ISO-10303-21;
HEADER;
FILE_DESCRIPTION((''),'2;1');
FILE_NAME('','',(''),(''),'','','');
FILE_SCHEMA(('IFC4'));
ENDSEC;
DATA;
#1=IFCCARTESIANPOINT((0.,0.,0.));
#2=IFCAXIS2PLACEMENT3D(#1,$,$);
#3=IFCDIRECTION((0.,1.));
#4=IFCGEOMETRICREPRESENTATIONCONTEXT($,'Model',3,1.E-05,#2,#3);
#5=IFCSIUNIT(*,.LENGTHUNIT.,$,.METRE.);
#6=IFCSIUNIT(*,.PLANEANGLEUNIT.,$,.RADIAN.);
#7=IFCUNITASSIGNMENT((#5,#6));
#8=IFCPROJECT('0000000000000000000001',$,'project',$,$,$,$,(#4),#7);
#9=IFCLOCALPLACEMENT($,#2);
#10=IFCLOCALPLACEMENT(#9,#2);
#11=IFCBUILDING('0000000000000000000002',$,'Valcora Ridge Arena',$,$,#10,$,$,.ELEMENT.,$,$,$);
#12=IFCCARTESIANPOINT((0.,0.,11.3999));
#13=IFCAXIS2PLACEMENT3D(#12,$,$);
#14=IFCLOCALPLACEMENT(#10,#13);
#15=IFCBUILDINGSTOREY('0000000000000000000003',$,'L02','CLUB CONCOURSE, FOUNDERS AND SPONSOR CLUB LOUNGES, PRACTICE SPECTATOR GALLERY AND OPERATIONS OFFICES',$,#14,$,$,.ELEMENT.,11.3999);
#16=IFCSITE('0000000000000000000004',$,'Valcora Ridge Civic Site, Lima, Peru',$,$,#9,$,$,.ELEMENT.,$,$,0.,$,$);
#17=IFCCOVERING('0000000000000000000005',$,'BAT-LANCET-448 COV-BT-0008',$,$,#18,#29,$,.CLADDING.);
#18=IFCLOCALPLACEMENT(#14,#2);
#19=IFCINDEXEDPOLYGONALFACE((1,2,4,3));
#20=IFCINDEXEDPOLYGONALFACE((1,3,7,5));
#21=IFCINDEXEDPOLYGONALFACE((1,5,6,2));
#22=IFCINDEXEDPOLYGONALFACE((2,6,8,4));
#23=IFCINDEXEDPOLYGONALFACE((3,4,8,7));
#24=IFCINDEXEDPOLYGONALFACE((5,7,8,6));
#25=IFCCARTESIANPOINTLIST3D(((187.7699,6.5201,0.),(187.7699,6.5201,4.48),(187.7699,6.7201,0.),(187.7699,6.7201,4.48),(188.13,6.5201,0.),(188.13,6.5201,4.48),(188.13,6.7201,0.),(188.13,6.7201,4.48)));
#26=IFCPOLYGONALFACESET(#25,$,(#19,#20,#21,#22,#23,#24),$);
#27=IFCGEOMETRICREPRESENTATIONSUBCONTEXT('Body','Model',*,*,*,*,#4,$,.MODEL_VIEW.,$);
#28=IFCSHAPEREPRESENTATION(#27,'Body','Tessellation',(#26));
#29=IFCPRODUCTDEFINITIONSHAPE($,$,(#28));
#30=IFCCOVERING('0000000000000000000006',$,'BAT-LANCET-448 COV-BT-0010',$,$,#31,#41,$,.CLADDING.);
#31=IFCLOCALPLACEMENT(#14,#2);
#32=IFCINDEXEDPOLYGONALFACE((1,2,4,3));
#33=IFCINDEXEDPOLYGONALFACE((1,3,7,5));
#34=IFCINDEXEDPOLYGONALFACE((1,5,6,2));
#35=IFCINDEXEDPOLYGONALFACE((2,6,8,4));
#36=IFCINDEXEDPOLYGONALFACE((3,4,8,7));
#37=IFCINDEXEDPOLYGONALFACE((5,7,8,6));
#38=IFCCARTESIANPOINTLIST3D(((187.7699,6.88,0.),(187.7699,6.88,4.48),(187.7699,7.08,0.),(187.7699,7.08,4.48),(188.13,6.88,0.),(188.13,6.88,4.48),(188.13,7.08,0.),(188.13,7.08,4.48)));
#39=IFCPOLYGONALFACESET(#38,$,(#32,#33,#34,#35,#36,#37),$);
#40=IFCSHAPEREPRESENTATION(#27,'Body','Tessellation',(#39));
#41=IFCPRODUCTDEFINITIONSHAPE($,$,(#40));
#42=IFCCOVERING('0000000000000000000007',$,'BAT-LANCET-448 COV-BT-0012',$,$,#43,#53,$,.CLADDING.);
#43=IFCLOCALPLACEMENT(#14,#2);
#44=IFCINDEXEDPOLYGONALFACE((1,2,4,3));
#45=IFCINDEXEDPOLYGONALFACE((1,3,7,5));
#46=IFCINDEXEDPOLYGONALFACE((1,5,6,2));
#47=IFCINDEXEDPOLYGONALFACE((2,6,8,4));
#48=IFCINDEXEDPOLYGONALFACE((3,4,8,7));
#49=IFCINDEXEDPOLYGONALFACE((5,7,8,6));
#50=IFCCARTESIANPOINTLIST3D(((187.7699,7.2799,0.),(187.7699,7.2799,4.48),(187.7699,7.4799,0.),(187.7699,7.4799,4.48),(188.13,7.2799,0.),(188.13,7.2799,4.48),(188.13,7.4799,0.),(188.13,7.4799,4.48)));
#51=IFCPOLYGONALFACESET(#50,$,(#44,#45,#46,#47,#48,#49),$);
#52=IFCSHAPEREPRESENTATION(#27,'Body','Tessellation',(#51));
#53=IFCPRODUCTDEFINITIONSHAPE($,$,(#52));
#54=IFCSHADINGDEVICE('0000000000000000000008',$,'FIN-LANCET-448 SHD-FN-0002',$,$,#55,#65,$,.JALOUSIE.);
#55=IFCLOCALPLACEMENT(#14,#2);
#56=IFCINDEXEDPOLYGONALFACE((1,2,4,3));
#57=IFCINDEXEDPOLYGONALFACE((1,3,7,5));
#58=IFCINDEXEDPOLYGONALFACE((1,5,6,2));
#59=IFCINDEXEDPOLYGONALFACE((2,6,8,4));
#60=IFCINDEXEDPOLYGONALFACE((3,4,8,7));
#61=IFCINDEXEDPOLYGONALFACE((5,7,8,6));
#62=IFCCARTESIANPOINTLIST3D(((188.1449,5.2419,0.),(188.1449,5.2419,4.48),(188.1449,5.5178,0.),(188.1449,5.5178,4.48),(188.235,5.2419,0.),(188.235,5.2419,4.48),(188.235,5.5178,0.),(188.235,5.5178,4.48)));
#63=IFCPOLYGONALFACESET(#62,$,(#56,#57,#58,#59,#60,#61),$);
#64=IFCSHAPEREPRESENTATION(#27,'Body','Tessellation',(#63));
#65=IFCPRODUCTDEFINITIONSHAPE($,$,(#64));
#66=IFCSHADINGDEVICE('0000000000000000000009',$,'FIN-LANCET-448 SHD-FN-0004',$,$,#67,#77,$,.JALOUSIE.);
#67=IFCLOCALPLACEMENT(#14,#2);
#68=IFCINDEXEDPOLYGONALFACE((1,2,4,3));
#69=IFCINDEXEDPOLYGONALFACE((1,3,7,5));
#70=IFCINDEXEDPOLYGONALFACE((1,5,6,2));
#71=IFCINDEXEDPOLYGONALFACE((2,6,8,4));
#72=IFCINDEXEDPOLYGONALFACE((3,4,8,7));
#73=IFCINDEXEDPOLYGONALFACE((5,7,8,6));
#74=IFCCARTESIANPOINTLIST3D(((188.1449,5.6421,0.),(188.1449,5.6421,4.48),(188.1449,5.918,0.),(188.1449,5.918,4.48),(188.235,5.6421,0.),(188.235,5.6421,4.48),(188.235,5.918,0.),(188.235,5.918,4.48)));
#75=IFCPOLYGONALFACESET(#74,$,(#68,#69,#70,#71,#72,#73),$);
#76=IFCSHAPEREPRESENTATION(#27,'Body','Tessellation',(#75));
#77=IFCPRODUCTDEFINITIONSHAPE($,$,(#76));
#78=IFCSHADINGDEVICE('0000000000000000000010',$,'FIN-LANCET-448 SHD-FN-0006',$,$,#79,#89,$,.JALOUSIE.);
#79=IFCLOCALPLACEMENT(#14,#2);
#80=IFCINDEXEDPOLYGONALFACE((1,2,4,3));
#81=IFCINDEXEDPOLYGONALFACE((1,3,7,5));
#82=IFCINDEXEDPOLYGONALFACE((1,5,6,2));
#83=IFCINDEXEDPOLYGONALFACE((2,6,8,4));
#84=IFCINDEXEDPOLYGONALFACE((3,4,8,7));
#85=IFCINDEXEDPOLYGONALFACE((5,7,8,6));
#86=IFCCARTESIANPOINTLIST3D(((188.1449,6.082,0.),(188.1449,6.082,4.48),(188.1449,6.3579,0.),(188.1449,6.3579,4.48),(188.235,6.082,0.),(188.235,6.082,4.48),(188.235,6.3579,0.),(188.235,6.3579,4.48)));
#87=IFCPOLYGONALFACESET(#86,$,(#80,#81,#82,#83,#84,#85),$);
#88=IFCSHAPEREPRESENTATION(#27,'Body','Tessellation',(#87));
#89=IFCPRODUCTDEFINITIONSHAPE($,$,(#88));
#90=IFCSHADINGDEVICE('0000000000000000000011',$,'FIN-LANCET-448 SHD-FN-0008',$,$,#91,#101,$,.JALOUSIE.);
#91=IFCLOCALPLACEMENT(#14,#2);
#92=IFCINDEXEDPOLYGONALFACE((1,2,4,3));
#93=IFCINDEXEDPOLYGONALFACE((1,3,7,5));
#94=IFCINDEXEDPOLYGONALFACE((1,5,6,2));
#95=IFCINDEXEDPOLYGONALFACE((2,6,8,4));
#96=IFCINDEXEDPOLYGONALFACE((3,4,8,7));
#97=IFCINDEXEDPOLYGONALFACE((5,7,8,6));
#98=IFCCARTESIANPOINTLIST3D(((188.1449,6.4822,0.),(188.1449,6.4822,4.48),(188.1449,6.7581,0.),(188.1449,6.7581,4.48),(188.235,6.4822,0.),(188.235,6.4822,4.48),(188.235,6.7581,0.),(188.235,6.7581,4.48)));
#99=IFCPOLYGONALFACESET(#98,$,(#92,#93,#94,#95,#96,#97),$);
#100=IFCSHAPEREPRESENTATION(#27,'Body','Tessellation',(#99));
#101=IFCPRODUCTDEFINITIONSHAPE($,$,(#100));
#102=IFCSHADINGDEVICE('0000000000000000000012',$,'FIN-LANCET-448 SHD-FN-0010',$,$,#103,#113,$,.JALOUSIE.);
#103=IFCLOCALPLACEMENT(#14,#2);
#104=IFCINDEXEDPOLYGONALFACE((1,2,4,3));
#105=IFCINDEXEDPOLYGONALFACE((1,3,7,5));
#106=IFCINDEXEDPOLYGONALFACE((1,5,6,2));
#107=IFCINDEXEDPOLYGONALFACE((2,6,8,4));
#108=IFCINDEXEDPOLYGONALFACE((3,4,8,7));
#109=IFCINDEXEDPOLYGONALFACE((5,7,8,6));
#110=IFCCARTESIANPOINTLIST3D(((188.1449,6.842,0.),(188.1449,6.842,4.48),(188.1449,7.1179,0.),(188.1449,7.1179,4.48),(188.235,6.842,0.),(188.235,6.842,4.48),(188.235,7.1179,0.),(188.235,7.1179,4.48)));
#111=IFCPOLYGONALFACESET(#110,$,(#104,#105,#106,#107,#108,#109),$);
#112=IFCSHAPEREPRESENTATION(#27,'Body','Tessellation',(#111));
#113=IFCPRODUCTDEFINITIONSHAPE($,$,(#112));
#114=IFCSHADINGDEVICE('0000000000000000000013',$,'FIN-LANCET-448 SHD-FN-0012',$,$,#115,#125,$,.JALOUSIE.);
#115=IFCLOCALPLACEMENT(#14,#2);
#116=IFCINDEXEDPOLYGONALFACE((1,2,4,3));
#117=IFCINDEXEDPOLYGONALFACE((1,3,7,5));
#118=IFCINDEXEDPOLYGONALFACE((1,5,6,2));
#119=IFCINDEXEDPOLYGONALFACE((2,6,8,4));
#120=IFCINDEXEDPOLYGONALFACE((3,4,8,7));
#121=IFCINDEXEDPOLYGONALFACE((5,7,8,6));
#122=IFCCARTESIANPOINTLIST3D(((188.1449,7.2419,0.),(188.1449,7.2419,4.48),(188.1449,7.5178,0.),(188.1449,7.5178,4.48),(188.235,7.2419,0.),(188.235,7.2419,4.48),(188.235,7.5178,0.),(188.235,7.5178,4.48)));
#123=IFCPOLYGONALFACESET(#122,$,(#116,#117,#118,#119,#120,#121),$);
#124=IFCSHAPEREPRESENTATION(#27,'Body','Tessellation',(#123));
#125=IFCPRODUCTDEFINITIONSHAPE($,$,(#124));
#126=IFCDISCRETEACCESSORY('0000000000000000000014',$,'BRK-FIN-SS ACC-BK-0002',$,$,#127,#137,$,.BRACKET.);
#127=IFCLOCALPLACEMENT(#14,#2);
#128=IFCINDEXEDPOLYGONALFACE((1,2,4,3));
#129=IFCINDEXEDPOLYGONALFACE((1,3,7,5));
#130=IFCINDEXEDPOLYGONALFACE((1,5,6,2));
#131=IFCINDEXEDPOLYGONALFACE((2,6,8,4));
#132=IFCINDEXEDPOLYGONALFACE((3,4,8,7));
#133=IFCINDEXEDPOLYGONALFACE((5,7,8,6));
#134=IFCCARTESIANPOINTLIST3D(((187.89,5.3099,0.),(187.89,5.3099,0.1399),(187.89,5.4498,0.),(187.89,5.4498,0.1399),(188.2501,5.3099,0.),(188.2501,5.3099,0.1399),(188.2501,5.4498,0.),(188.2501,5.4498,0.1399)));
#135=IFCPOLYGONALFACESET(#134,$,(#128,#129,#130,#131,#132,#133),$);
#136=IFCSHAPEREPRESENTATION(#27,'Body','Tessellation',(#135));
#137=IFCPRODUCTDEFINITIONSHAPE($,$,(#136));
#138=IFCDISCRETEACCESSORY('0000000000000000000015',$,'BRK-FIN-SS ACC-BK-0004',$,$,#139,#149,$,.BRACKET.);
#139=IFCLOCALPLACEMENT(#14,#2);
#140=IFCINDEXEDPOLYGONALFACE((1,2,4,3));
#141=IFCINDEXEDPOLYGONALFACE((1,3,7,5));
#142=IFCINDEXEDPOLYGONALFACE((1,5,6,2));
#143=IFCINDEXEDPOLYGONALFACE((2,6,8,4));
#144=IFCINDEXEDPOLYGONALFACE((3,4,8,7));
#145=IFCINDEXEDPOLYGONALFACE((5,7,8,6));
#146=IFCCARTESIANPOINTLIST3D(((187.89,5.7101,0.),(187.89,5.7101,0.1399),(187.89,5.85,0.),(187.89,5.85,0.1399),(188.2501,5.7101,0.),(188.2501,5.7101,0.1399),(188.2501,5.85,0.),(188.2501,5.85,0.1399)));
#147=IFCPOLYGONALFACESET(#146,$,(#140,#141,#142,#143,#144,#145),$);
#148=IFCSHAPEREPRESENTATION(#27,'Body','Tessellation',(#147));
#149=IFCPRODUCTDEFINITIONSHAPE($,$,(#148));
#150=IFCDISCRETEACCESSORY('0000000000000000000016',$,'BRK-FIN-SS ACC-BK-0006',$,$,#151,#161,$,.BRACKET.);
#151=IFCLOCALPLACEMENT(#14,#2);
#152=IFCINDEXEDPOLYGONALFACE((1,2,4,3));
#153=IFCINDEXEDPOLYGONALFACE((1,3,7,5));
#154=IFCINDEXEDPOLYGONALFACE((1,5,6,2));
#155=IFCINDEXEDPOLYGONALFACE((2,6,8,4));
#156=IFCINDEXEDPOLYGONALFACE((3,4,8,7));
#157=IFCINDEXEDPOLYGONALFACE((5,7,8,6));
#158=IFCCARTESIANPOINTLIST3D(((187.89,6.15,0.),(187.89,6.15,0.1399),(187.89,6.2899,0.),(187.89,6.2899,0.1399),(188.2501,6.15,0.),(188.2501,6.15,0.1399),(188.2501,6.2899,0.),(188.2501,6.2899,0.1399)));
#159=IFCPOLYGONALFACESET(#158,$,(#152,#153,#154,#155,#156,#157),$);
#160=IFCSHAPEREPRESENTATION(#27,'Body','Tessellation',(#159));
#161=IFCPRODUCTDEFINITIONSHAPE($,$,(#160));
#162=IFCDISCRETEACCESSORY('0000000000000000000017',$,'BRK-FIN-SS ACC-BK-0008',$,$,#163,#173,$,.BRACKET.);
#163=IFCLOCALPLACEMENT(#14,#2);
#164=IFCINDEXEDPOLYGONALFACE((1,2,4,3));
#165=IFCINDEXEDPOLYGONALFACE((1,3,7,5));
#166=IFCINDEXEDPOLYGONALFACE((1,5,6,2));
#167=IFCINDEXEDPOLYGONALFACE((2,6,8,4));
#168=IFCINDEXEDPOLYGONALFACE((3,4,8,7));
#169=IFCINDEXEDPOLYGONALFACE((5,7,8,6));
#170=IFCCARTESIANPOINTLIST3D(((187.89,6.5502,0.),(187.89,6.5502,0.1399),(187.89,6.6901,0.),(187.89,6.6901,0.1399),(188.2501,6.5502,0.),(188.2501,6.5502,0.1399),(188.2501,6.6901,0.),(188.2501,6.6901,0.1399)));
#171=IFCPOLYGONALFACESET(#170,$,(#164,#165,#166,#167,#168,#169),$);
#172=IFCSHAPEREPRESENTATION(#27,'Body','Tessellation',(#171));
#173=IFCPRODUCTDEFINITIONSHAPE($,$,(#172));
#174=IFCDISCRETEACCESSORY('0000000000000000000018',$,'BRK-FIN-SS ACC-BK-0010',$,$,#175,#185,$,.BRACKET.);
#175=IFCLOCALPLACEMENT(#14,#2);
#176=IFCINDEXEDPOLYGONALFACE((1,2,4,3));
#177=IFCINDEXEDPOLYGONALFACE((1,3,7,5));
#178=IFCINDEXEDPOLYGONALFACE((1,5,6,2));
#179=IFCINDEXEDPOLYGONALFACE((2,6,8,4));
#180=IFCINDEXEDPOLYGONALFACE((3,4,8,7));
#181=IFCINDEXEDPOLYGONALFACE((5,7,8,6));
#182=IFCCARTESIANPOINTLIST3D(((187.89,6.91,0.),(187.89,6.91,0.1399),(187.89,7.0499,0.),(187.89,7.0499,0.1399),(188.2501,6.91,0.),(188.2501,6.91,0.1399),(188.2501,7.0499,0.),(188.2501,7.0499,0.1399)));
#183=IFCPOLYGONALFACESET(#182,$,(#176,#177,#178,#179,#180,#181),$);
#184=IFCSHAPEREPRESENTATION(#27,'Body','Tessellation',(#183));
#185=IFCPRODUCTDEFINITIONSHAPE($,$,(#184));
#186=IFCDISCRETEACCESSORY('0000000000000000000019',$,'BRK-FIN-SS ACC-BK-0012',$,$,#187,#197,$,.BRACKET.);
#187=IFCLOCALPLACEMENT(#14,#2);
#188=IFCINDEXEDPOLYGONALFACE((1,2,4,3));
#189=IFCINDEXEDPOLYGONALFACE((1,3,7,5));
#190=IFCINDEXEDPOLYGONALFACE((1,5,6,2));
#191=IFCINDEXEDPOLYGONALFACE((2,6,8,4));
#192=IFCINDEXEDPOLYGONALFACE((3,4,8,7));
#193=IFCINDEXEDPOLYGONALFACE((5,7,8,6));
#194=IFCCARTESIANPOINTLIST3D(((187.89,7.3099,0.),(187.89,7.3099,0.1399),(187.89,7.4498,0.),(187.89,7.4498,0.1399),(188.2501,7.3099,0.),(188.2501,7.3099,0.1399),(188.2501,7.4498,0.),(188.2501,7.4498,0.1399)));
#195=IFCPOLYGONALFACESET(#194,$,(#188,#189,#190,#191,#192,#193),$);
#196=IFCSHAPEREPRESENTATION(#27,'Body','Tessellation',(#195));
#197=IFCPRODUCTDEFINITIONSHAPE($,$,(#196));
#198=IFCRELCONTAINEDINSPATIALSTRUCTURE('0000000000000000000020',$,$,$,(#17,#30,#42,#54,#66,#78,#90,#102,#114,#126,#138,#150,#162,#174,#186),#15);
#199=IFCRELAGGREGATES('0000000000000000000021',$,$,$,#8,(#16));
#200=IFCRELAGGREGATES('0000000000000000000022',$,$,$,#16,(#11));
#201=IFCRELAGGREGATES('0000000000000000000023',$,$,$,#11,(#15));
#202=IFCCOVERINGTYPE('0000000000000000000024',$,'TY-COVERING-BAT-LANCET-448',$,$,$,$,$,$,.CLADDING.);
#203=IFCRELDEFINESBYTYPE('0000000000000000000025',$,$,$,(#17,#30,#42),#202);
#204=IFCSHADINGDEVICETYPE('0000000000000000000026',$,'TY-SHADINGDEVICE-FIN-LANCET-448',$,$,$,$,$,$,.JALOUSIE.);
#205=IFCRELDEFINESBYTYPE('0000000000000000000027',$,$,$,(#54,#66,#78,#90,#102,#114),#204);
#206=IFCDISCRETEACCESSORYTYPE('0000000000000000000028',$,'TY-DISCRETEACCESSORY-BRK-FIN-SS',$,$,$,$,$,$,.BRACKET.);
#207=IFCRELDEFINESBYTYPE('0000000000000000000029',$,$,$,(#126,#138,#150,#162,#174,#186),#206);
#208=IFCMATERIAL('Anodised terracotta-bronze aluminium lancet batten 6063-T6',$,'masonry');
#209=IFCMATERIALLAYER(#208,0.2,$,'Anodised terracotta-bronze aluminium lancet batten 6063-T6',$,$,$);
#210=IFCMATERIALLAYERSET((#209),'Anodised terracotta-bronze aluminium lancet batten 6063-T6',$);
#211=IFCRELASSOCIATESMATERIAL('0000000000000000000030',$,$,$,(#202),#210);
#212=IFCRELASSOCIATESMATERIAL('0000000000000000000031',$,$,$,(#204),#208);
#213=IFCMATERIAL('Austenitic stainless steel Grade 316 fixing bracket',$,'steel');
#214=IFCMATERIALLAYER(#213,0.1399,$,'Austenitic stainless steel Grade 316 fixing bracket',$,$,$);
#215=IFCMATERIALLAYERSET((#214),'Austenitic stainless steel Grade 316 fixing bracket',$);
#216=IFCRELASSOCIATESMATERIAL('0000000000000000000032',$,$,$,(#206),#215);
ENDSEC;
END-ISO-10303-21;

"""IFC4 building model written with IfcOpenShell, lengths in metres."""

from ifc_helpers import new_model, si_unit, direction, frame, origin, origin_2d, place, context, subcontext, project, spatial, rectangle, extrude, material, layer, layer_set, material_profile, profile_set, type_object, element, save


model = new_model("IFC4")

# Units and contexts
model_context = context("Model", 3, precision=1e-05, world=origin(), true_north=direction((0.0, 1.0)))
body_context = subcontext(model_context, "Body", "Model", "MODEL_VIEW")
ifc_project = project(units=[si_unit("LENGTHUNIT", "METRE"), si_unit("PLANEANGLEUNIT", "RADIAN")], contexts=[model_context])

# Site, building, storey
site_placement = place(None, origin())
site = spatial("IfcSite", under=ifc_project, at=site_placement, Name="Valcora Ridge Civic Site, Lima, Peru", CompositionType="ELEMENT", RefElevation=0.0)
building_placement = place(site_placement, origin())
building = spatial("IfcBuilding", under=site, at=building_placement, Name="Valcora Ridge Arena", CompositionType="ELEMENT")
storey_placement = place(building_placement, frame((0.0, 0.0, 11.3999)))
storey = spatial("IfcBuildingStorey", under=building, at=storey_placement, Name="L02", Description="CLUB CONCOURSE, FOUNDERS AND SPONSOR CLUB LOUNGES, PRACTICE SPECTATOR GALLERY AND OPERATIONS OFFICES", CompositionType="ELEMENT", Elevation=11.3999)

# Coverings
ifc_material_1 = material(Name="Anodised terracotta-bronze aluminium lancet batten 6063-T6", Category="masonry")
ifc_layer_1 = layer(ifc_material_1, 0.2, Name="Anodised terracotta-bronze aluminium lancet batten 6063-T6")
ifc_layer_set_1 = layer_set([ifc_layer_1], Name="Anodised terracotta-bronze aluminium lancet batten 6063-T6")
covering_type = type_object("IfcCoveringType", Name="TY-COVERING-BAT-LANCET-448", PredefinedType="CLADDING", material=ifc_layer_set_1)
for number, where, z_axis, x_axis, name in (
    (1, (187.95, 6.6201, 0.0), (0.0, 0.0, 1.0), (1.0, 0.0, 0.0), "BAT-LANCET-448 COV-BT-0008"),
    (2, (187.95, 6.98, 0.0), (0.0, 0.0, 1.0), (1.0, 0.0, 0.0), "BAT-LANCET-448 COV-BT-0010"),
    (3, (187.95, 7.3799, 0.0), (0.0, 0.0, 1.0), (1.0, 0.0, 0.0), "BAT-LANCET-448 COV-BT-0012"),
):
    element("IfcCovering", number, at=place(storey_placement, frame(where, z_axis=z_axis, x_axis=x_axis)), inside=storey, type_object=covering_type, Name=name, PredefinedType="CLADDING", context=body_context, shape_type="SweptSolid", body=[
        extrude(rectangle(XDim=0.3601, YDim=0.2, at=origin_2d()), origin(), (0.0, 0.0, 1.0), 4.48),
    ])

# Shading devices
ifc_material_profile_1 = material_profile(ifc_material_1, rectangle(XDim=0.0901, YDim=0.2759, at=origin_2d()), Name="ALU LANCET BATTEN 90x276")
ifc_profile_set_1 = profile_set([ifc_material_profile_1], Name="Anodised terracotta-bronze aluminium lancet batten 6063-T6")
shading_device_type = type_object("IfcShadingDeviceType", Name="TY-SHADINGDEVICE-FIN-LANCET-448", PredefinedType="JALOUSIE", material=ifc_profile_set_1)
for number, where, z_axis, x_axis, name in (
    (4, (188.1899, 5.3799, 0.0), (0.0, 0.0, 1.0), (1.0, 0.0, 0.0), "FIN-LANCET-448 SHD-FN-0002"),
    (5, (188.1899, 5.78, 0.0), (0.0, 0.0, 1.0), (1.0, 0.0, 0.0), "FIN-LANCET-448 SHD-FN-0004"),
    (6, (188.1899, 6.22, 0.0), (0.0, 0.0, 1.0), (1.0, 0.0, 0.0), "FIN-LANCET-448 SHD-FN-0006"),
    (7, (188.1899, 6.6201, 0.0), (0.0, 0.0, 1.0), (1.0, 0.0, 0.0), "FIN-LANCET-448 SHD-FN-0008"),
    (8, (188.1899, 6.98, 0.0), (0.0, 0.0, 1.0), (1.0, 0.0, 0.0), "FIN-LANCET-448 SHD-FN-0010"),
    (9, (188.1899, 7.3799, 0.0), (0.0, 0.0, 1.0), (1.0, 0.0, 0.0), "FIN-LANCET-448 SHD-FN-0012"),
):
    element("IfcShadingDevice", number, at=place(storey_placement, frame(where, z_axis=z_axis, x_axis=x_axis)), inside=storey, type_object=shading_device_type, Name=name, PredefinedType="JALOUSIE", context=body_context, shape_type="SweptSolid", body=[
        extrude(rectangle(XDim=0.0901, YDim=0.2759, at=origin_2d()), origin(), (0.0, 0.0, 1.0), 4.48),
    ])

# Discrete accessories
ifc_material_2 = material(Name="Austenitic stainless steel Grade 316 fixing bracket", Category="steel")
ifc_layer_2 = layer(ifc_material_2, 0.1399, Name="Austenitic stainless steel Grade 316 fixing bracket")
ifc_layer_set_2 = layer_set([ifc_layer_2], Name="Austenitic stainless steel Grade 316 fixing bracket")
discrete_accessory_type = type_object("IfcDiscreteAccessoryType", Name="TY-DISCRETEACCESSORY-BRK-FIN-SS", PredefinedType="BRACKET", material=ifc_layer_set_2)
for number, where, z_axis, x_axis, name in (
    (10, (188.0701, 5.3799, 0.0), (0.0, 0.0, 1.0), (1.0, 0.0, 0.0), "BRK-FIN-SS ACC-BK-0002"),
    (11, (188.0701, 5.78, 0.0), (0.0, 0.0, 1.0), (1.0, 0.0, 0.0), "BRK-FIN-SS ACC-BK-0004"),
    (12, (188.0701, 6.22, 0.0), (0.0, 0.0, 1.0), (1.0, 0.0, 0.0), "BRK-FIN-SS ACC-BK-0006"),
    (13, (188.0701, 6.6201, 0.0), (0.0, 0.0, 1.0), (1.0, 0.0, 0.0), "BRK-FIN-SS ACC-BK-0008"),
    (14, (188.0701, 6.98, 0.0), (0.0, 0.0, 1.0), (1.0, 0.0, 0.0), "BRK-FIN-SS ACC-BK-0010"),
    (15, (188.0701, 7.3799, 0.0), (0.0, 0.0, 1.0), (1.0, 0.0, 0.0), "BRK-FIN-SS ACC-BK-0012"),
):
    element("IfcDiscreteAccessory", number, at=place(storey_placement, frame(where, z_axis=z_axis, x_axis=x_axis)), inside=storey, type_object=discrete_accessory_type, Name=name, PredefinedType="BRACKET", context=body_context, shape_type="SweptSolid", body=[
        extrude(rectangle(XDim=0.3601, YDim=0.1399, at=origin_2d()), origin(), (0.0, 0.0, 1.0), 0.1399),
    ])

save(model, "model.ifc")
